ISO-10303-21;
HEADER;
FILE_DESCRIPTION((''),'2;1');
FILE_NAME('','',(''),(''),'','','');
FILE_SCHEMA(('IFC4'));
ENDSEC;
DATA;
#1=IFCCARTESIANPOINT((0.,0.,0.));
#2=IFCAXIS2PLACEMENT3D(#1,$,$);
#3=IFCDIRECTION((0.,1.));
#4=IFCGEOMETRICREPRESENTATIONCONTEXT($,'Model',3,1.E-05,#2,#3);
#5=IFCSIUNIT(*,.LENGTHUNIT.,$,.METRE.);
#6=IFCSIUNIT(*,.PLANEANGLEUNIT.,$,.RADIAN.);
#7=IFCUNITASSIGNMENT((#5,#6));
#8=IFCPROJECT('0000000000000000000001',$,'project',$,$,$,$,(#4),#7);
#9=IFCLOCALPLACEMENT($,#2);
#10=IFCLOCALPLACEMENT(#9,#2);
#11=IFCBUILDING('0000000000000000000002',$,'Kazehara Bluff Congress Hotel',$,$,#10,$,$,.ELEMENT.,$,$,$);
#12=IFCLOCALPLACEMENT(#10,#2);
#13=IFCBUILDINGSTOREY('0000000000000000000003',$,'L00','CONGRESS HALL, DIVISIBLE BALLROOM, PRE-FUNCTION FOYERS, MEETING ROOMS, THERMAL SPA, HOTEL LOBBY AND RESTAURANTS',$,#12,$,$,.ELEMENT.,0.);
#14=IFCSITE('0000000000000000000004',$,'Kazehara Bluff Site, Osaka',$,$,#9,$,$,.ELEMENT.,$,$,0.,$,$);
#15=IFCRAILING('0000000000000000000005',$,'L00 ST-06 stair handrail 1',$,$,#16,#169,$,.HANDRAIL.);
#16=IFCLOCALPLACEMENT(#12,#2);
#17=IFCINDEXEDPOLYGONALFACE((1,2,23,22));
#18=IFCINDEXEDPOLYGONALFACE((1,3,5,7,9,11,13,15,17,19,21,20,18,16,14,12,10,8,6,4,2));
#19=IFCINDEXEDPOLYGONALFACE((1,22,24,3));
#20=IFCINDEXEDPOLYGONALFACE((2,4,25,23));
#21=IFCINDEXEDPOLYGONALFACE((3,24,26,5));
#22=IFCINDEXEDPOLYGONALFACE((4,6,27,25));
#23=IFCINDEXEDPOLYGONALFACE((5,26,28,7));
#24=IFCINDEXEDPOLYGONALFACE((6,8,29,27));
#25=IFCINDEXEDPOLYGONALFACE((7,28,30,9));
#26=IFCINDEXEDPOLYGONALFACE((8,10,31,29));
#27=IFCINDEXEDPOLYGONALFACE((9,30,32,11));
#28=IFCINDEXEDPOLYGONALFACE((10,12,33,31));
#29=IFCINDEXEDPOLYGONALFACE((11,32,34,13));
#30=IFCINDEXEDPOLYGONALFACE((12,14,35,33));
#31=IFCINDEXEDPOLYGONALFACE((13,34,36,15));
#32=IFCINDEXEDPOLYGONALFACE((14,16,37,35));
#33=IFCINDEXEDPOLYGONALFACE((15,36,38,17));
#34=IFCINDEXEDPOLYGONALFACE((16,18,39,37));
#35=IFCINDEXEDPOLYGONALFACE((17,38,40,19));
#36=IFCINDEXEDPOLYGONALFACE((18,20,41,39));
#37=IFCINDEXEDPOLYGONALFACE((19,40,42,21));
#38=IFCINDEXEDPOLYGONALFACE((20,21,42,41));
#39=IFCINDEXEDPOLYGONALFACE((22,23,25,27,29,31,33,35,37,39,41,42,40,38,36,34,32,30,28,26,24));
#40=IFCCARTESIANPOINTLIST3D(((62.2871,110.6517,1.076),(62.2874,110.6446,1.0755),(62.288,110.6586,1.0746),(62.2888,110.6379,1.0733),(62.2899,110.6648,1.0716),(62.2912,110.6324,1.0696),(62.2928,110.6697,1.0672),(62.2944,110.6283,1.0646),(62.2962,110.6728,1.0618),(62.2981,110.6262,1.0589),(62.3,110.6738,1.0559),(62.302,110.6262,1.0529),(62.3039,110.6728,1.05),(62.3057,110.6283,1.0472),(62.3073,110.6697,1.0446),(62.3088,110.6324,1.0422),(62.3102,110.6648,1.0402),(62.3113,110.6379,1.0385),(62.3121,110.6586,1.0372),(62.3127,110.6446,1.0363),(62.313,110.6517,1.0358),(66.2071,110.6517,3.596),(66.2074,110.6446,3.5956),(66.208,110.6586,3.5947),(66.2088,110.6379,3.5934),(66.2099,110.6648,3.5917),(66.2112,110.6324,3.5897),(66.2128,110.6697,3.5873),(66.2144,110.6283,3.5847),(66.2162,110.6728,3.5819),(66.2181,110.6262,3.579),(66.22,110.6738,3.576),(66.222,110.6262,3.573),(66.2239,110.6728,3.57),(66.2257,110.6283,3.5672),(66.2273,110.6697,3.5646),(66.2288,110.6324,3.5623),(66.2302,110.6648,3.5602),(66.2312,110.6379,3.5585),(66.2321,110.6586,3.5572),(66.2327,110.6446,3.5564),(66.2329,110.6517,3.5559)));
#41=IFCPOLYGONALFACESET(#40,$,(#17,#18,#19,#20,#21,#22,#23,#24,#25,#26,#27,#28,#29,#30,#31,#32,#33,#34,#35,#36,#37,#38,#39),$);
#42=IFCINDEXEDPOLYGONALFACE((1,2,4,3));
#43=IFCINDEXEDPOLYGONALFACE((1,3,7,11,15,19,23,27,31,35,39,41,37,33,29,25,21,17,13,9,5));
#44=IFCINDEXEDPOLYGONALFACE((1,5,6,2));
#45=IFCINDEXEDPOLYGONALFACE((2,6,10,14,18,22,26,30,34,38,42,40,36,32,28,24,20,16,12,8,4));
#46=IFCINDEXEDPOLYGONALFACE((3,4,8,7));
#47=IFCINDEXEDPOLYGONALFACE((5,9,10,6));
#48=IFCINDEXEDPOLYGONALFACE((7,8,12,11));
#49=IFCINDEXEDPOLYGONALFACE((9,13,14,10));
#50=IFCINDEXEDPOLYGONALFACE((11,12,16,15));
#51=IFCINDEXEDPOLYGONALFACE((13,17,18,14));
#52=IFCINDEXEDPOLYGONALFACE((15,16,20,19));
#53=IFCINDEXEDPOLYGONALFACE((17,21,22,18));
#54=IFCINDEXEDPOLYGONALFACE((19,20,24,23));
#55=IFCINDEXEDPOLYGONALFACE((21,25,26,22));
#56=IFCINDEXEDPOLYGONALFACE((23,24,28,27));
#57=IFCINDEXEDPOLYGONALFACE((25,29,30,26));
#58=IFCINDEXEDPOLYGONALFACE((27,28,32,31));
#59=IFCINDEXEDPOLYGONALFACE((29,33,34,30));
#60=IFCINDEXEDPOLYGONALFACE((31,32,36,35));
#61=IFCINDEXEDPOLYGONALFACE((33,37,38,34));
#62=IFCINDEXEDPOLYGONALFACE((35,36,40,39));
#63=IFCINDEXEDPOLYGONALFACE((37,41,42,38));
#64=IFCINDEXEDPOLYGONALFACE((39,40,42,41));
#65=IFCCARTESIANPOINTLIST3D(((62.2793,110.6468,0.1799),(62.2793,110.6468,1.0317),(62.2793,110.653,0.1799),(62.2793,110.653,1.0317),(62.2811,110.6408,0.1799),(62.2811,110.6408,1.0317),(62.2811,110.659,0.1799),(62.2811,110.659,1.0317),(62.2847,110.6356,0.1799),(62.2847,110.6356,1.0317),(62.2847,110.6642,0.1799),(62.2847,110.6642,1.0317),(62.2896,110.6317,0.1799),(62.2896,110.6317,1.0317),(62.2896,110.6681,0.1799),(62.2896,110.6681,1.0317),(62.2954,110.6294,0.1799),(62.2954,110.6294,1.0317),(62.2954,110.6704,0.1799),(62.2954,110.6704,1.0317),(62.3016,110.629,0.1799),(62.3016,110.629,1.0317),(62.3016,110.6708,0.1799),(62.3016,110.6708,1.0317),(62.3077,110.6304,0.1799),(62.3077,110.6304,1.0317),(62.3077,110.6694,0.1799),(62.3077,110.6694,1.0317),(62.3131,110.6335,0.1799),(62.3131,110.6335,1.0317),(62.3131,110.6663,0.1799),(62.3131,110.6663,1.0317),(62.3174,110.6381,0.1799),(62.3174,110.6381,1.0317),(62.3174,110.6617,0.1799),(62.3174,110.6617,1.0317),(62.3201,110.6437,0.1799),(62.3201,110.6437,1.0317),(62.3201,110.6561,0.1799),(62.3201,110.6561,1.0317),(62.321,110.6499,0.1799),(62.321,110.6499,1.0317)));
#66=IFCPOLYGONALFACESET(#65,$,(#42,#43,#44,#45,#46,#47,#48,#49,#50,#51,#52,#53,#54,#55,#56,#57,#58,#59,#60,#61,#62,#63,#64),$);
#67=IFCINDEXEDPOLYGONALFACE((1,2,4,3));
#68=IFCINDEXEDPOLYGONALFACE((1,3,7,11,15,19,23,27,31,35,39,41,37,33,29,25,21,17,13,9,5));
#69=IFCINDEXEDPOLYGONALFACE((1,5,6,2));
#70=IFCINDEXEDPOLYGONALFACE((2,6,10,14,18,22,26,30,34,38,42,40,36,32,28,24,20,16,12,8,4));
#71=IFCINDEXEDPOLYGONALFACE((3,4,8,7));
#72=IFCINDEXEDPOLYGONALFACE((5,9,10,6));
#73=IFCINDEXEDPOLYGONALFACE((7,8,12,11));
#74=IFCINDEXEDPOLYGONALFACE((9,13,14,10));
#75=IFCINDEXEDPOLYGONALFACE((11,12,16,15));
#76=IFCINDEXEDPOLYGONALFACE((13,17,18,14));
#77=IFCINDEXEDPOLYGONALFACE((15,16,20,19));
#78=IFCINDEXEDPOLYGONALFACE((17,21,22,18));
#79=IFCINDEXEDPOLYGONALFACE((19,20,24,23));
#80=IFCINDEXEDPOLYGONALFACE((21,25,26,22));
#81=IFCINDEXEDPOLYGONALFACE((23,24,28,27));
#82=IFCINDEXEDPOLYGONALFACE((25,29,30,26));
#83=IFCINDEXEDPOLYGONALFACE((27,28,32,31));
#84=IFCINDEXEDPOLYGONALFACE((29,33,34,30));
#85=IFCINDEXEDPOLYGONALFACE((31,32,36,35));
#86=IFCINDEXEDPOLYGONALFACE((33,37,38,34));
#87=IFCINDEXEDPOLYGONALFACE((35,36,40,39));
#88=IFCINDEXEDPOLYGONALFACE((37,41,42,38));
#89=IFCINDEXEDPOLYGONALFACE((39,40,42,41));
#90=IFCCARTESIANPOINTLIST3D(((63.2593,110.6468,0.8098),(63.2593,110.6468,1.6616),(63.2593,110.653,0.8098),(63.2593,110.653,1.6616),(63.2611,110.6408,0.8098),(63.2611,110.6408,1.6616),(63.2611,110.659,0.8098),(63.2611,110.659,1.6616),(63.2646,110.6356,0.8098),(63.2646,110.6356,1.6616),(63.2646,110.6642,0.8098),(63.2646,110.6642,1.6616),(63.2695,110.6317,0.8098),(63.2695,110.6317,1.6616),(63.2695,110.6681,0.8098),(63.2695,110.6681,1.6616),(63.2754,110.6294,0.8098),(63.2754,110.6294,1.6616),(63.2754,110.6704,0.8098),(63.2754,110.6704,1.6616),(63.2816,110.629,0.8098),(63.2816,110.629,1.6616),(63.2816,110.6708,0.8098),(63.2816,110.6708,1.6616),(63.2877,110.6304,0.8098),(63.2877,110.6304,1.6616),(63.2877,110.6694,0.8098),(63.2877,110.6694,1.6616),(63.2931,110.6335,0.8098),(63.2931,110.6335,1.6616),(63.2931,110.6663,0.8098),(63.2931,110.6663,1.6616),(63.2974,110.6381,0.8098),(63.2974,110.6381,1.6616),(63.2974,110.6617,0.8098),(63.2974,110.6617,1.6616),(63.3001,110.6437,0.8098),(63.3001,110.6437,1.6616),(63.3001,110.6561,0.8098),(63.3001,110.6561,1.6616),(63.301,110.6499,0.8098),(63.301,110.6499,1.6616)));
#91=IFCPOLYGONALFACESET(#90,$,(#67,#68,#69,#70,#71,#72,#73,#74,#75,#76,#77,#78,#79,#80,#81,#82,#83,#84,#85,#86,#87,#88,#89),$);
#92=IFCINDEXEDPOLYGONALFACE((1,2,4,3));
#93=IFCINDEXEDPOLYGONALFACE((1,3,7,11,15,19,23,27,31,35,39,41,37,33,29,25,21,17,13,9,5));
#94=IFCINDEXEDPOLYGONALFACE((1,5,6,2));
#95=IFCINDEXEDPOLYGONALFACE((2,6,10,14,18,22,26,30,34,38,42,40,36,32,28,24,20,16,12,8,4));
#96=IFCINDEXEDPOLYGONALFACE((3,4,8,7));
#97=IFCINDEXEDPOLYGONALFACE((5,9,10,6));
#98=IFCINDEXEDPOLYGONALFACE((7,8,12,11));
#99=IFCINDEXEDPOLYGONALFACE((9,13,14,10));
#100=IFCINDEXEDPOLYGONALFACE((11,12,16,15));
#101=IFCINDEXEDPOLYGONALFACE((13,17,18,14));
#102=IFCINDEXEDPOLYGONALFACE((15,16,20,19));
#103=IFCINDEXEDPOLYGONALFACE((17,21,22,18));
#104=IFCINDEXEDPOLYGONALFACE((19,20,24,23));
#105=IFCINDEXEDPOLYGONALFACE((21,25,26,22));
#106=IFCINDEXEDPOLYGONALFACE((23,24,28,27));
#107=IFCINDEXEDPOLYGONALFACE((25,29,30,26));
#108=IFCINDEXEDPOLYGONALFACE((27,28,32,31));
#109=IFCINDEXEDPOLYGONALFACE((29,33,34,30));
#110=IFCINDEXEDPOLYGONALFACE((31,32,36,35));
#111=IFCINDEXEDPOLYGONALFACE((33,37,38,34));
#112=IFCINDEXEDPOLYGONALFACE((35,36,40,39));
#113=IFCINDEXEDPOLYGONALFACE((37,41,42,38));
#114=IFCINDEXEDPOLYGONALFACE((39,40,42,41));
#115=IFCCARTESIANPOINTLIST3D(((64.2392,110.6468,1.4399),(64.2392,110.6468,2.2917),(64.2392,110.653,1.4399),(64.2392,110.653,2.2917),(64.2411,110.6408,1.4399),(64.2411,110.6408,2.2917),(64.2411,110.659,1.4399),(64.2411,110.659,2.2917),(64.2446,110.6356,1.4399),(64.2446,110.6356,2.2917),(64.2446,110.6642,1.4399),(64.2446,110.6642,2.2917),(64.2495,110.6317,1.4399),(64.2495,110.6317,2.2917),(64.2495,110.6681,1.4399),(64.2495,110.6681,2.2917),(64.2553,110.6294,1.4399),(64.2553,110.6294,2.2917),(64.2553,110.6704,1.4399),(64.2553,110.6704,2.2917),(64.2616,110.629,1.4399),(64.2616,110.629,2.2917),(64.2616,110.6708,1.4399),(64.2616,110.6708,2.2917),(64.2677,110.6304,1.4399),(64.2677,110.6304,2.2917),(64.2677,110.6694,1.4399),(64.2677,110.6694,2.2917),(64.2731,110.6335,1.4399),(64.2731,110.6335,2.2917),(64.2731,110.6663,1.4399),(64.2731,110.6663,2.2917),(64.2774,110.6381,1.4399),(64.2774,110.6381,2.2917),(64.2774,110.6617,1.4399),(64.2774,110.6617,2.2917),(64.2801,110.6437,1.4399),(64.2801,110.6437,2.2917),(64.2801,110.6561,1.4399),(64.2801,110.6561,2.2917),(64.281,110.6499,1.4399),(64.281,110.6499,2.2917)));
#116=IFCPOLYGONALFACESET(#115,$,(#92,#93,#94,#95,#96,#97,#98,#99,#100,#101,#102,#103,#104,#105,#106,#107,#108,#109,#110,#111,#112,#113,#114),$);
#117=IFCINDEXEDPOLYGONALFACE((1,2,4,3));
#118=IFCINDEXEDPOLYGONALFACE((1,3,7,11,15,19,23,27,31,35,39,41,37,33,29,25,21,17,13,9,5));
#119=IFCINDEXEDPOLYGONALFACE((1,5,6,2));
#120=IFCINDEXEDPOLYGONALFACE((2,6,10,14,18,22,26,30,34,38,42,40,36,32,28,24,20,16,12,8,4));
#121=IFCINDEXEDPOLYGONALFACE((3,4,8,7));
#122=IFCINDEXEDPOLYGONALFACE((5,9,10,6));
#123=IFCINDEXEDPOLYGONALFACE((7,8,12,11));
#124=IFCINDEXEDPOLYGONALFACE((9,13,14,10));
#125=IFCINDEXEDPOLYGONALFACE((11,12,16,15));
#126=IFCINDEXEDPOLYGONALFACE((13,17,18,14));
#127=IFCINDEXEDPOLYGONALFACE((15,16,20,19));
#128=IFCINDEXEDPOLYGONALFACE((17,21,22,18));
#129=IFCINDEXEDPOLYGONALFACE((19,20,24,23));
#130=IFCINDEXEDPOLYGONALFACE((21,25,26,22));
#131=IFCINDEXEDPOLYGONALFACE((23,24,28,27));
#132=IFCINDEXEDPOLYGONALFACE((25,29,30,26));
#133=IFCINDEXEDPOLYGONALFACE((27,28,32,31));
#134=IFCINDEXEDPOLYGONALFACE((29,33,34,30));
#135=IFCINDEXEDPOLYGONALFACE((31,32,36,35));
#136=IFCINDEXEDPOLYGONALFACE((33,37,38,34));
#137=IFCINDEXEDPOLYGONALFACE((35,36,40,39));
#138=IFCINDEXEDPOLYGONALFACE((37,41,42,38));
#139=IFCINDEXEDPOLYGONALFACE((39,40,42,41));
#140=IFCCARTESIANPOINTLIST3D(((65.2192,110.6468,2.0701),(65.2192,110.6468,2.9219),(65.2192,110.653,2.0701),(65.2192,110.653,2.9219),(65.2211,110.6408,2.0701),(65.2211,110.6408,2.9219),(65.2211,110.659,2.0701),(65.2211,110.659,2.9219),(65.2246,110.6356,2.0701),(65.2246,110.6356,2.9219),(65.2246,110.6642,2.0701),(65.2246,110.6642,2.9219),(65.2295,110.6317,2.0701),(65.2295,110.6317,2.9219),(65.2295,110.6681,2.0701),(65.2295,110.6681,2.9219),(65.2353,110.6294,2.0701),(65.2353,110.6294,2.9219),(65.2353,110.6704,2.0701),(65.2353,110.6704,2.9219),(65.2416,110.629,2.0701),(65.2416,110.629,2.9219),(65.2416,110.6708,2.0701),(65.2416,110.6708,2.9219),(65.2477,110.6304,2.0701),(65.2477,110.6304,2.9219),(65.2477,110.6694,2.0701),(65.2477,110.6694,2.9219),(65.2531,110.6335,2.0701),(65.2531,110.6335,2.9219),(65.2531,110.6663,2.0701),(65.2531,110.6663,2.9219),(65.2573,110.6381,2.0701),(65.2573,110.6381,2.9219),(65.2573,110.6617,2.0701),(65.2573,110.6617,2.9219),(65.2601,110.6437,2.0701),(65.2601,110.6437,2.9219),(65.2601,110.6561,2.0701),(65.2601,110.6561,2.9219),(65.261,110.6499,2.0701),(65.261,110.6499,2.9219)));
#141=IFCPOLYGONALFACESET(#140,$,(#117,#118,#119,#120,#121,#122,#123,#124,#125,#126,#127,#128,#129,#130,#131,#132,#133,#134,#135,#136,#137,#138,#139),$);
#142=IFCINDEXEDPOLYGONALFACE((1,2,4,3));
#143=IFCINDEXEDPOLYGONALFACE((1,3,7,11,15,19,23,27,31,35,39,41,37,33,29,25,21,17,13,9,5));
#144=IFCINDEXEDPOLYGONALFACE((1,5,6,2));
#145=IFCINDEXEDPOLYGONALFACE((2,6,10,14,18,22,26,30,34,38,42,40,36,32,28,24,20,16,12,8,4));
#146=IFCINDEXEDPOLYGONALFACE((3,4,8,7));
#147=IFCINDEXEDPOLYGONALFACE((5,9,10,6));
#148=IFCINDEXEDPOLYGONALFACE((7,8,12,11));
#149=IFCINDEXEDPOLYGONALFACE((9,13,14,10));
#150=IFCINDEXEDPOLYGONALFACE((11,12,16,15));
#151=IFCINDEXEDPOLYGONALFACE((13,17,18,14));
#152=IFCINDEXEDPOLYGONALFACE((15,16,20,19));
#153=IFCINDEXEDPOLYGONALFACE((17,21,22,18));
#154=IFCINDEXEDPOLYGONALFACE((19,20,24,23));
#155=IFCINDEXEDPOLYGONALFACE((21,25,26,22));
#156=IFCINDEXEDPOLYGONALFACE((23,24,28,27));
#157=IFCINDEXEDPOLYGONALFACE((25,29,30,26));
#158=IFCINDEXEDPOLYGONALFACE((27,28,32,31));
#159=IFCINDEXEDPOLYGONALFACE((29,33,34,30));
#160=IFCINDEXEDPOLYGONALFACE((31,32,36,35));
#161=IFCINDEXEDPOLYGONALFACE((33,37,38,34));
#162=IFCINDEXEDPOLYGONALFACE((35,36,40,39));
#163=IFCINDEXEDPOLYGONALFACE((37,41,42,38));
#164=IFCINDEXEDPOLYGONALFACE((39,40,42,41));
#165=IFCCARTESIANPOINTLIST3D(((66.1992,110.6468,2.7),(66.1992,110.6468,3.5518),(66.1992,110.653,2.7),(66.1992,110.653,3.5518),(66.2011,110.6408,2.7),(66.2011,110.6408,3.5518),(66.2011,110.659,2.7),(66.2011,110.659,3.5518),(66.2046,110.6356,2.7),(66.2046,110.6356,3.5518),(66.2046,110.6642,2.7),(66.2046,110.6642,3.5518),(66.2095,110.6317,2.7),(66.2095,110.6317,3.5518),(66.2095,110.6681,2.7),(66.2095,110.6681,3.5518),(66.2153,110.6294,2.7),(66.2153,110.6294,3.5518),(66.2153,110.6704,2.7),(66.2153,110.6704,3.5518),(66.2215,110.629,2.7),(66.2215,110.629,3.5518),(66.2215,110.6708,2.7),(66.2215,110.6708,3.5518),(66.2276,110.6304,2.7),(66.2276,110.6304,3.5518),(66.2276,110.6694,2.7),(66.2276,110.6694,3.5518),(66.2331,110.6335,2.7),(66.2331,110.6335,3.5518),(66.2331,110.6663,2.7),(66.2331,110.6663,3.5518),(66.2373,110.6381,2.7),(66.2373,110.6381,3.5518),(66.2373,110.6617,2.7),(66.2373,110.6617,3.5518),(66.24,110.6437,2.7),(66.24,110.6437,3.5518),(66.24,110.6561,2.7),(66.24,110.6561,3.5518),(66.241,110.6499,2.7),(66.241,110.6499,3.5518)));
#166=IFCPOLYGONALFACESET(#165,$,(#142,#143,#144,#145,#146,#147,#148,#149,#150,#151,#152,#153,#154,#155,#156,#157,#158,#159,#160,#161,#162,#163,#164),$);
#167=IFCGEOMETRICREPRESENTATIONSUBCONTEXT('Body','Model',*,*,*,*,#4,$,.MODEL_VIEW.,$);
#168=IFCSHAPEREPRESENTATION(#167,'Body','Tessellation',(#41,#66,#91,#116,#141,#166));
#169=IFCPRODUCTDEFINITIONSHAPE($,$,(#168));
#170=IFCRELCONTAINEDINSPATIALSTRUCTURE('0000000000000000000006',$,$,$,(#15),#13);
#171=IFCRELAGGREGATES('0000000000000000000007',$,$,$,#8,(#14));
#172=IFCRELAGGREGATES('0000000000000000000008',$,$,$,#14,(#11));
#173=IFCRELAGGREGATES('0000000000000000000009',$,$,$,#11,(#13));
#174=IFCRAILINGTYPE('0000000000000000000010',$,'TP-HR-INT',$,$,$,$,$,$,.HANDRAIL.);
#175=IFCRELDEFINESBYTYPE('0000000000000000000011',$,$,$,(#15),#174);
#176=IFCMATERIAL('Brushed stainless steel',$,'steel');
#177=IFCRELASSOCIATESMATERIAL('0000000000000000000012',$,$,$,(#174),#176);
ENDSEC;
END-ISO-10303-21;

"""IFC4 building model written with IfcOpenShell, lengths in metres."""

from ifc_helpers import new_model, si_unit, direction, frame, origin, origin_2d, place, context, subcontext, project, spatial, circle, extrude, material, type_object, element, save


model = new_model("IFC4")

# Units and contexts
model_context = context("Model", 3, precision=1e-05, world=origin(), true_north=direction((0.0, 1.0)))
body_context = subcontext(model_context, "Body", "Model", "MODEL_VIEW")
ifc_project = project(units=[si_unit("LENGTHUNIT", "METRE"), si_unit("PLANEANGLEUNIT", "RADIAN")], contexts=[model_context])

# Site, building, storey
site_placement = place(None, origin())
site = spatial("IfcSite", under=ifc_project, at=site_placement, Name="Kazehara Bluff Site, Osaka", CompositionType="ELEMENT", RefElevation=0.0)
building_placement = place(site_placement, origin())
building = spatial("IfcBuilding", under=site, at=building_placement, Name="Kazehara Bluff Congress Hotel", CompositionType="ELEMENT")
storey_placement = place(building_placement, origin())
storey = spatial("IfcBuildingStorey", under=building, at=storey_placement, Name="L00", Description="CONGRESS HALL, DIVISIBLE BALLROOM, PRE-FUNCTION FOYERS, MEETING ROOMS, THERMAL SPA, HOTEL LOBBY AND RESTAURANTS", CompositionType="ELEMENT", Elevation=0.0)

# Railing
ifc_material_1 = material(Name="Brushed stainless steel", Category="steel")
railing_type_1 = type_object("IfcRailingType", Name="TP-HR-INT", PredefinedType="HANDRAIL", material=ifc_material_1)
railing_1_placement = place(storey_placement, frame((62.3, 110.6499, 0.1799)))
element("IfcRailing", 1, at=railing_1_placement, inside=storey, type_object=railing_type_1, Name="L00 ST-06 stair handrail 1", PredefinedType="HANDRAIL", context=body_context, shape_type="SweptSolid", body=[
    extrude(circle(Radius=0.0239, at=origin_2d()), frame((0.0, 0.0, 0.876), z_axis=(0.841172, 0.0, 0.540768), x_axis=(0.0, 1.0, 0.0)), (0.0, 0.0, 1.0), 4.6602),
    extrude(circle(Radius=0.021, at=origin_2d()), origin(), (0.0, 0.0, 1.0), 0.8518),
    extrude(circle(Radius=0.021, at=origin_2d()), frame((0.98, 0.0, 0.6299)), (0.0, 0.0, 1.0), 0.8518),
    extrude(circle(Radius=0.021, at=origin_2d()), frame((1.96, 0.0, 1.26)), (0.0, 0.0, 1.0), 0.8518),
    extrude(circle(Radius=0.021, at=origin_2d()), frame((2.9399, 0.0, 1.8901)), (0.0, 0.0, 1.0), 0.8518),
    extrude(circle(Radius=0.021, at=origin_2d()), frame((3.9199, 0.0, 2.52)), (0.0, 0.0, 1.0), 0.8518),
])

save(model, "model.ifc")
